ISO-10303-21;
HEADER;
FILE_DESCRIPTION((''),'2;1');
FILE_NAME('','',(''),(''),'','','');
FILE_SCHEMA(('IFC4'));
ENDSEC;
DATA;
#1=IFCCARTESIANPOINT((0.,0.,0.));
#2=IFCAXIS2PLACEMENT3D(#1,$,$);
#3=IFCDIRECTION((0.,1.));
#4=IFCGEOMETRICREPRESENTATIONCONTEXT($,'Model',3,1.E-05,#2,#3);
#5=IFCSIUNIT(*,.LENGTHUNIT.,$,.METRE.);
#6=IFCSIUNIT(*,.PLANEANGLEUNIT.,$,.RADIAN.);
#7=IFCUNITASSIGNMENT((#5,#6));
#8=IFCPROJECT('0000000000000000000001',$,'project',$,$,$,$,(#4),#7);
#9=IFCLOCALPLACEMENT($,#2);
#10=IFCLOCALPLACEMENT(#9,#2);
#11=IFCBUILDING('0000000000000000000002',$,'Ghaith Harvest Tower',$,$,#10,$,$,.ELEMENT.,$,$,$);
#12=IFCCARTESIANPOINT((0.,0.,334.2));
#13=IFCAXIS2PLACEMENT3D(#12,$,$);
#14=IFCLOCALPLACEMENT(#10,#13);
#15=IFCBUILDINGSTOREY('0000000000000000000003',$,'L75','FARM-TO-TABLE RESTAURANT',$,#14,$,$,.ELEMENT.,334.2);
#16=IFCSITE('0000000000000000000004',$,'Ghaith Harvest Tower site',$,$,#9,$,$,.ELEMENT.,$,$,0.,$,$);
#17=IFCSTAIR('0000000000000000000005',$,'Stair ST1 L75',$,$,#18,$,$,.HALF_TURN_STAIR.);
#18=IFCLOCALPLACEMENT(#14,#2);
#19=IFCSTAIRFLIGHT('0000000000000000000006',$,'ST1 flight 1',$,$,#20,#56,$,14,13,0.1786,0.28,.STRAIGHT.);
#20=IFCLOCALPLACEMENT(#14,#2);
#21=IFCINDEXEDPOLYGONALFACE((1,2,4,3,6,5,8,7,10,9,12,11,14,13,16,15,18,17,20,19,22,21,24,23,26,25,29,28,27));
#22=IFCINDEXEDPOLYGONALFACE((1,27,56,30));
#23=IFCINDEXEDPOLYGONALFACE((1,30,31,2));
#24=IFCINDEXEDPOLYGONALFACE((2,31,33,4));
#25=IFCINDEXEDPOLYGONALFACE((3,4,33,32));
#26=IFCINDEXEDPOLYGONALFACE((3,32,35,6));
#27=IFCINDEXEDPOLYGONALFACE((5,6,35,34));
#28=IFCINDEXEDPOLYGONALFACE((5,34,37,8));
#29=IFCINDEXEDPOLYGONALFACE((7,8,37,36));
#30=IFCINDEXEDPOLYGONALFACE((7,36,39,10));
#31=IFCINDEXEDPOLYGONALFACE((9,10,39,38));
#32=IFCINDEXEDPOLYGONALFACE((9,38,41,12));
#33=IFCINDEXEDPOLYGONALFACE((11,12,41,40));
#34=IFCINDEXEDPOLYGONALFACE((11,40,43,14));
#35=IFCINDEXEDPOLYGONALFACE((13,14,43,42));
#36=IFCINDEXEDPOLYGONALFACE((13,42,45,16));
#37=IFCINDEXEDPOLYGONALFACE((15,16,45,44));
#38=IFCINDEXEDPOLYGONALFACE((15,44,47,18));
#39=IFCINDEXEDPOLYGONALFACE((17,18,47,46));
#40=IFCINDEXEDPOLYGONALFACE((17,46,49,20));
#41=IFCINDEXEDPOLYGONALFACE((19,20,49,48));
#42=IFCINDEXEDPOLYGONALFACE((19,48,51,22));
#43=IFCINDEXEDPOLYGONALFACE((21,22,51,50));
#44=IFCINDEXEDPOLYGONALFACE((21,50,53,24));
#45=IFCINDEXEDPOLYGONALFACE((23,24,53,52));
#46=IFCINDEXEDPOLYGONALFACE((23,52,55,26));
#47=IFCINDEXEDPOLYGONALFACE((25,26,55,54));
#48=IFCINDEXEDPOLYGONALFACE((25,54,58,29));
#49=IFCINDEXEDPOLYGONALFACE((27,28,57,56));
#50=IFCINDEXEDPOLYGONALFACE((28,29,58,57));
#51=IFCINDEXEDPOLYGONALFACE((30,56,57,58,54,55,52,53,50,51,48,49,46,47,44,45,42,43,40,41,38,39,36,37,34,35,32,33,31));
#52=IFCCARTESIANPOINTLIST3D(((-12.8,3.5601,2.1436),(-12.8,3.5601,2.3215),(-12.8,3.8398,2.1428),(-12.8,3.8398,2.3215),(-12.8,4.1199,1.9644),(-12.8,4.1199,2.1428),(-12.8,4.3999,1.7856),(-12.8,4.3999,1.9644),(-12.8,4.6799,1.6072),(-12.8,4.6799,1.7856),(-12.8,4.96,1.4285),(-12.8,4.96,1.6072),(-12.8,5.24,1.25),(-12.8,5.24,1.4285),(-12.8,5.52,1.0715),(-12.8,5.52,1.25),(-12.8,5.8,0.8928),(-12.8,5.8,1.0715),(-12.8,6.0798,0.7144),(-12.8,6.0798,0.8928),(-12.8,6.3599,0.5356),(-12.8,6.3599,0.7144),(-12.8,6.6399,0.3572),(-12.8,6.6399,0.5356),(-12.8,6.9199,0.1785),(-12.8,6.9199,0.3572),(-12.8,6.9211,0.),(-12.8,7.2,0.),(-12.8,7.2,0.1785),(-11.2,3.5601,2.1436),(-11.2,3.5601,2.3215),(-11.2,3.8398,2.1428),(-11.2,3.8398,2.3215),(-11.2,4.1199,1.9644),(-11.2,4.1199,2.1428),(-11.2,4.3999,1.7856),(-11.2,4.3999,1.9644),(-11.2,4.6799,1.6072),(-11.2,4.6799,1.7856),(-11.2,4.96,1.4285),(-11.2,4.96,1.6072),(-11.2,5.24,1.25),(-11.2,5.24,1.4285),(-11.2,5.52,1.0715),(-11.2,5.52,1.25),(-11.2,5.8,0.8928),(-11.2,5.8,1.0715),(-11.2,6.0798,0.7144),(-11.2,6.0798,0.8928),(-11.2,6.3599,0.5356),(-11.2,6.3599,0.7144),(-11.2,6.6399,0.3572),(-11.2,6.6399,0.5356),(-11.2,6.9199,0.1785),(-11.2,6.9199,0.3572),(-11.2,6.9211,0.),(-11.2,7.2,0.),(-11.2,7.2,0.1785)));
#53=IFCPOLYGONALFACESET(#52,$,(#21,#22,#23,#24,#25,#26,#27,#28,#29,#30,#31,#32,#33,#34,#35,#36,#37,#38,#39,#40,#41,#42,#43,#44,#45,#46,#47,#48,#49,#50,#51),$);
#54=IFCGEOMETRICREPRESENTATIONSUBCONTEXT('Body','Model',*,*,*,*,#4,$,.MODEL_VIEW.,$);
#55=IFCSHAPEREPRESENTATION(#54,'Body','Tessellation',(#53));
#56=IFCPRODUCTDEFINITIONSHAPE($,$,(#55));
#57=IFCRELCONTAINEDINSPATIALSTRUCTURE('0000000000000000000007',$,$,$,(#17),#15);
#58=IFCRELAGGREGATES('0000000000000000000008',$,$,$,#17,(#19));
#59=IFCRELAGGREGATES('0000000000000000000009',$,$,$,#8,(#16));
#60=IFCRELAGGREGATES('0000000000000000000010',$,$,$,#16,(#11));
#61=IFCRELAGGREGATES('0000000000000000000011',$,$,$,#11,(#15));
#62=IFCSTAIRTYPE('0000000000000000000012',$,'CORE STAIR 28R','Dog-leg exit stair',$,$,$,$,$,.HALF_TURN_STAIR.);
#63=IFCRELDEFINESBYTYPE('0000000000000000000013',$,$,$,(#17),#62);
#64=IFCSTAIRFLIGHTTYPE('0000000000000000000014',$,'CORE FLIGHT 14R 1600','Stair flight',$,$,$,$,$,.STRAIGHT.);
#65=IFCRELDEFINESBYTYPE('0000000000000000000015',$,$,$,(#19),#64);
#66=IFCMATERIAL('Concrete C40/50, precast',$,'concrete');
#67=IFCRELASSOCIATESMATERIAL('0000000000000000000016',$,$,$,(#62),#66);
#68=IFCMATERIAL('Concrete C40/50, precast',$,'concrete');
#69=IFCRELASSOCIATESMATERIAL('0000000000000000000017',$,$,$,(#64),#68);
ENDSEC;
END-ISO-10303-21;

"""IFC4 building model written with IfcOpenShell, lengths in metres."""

from ifc_helpers import new_model, si_unit, direction, frame, origin, place, context, subcontext, project, spatial, polyline, outline, extrude, material, type_object, element, aggregate, save


model = new_model("IFC4")

# Units and contexts
model_context = context("Model", 3, precision=1e-05, world=origin(), true_north=direction((0.0, 1.0)))
body_context = subcontext(model_context, "Body", "Model", "MODEL_VIEW")
ifc_project = project(units=[si_unit("LENGTHUNIT", "METRE"), si_unit("PLANEANGLEUNIT", "RADIAN")], contexts=[model_context])

# Site, building, storey
site_placement = place(None, origin())
site = spatial("IfcSite", under=ifc_project, at=site_placement, Name="Ghaith Harvest Tower site", CompositionType="ELEMENT", RefElevation=0.0)
building_placement = place(site_placement, origin())
building = spatial("IfcBuilding", under=site, at=building_placement, Name="Ghaith Harvest Tower", CompositionType="ELEMENT")
storey_placement = place(building_placement, frame((0.0, 0.0, 334.2)))
storey = spatial("IfcBuildingStorey", under=building, at=storey_placement, Name="L75", Description="FARM-TO-TABLE RESTAURANT", CompositionType="ELEMENT", Elevation=334.2)

# Stair, stair flight
ifc_material_1 = material(Name="Concrete C40/50, precast", Category="concrete")
stair_type = type_object("IfcStairType", Name="CORE STAIR 28R", Description="Dog-leg exit stair", PredefinedType="HALF_TURN_STAIR", material=ifc_material_1)
stair_placement = place(storey_placement, origin())
stair = element("IfcStair", 1, at=stair_placement, inside=storey, type_object=stair_type, Name="Stair ST1 L75", PredefinedType="HALF_TURN_STAIR")
ifc_material_2 = material(Name="Concrete C40/50, precast", Category="concrete")
stair_flight_type = type_object("IfcStairFlightType", Name="CORE FLIGHT 14R 1600", Description="Stair flight", PredefinedType="STRAIGHT", material=ifc_material_2)
stair_flight_placement = place(storey_placement, frame((-12.0, 7.2, 0.0), z_axis=(0.0, 0.0, 1.0), x_axis=(0.0, -1.0, 0.0)))
stair_flight = element("IfcStairFlight", 2, at=stair_flight_placement, type_object=stair_flight_type, Name="ST1 flight 1", NumberOfRisers=14, NumberOfTreads=13, PredefinedType="STRAIGHT", RiserHeight=0.1786, TreadLength=0.28, context=body_context, shape_type="SweptSolid", body=[
    extrude(outline(polyline([(0.0, 0.0), (0.0, 0.1785), (0.28, 0.1785), (0.28, 0.3572), (0.5601, 0.3572), (0.5601, 0.5356), (0.8401, 0.5356), (0.8401, 0.7144), (1.1201, 0.7144), (1.1201, 0.8928), (1.3999, 0.8928), (1.3999, 1.0715), (1.6799, 1.0715), (1.6799, 1.25), (1.96, 1.25), (1.96, 1.4285), (2.24, 1.4285), (2.24, 1.6072), (2.52, 1.6072), (2.52, 1.7856), (2.8, 1.7856), (2.8, 1.9644), (3.0801, 1.9644), (3.0801, 2.1428), (3.3601, 2.1428), (3.3601, 2.3215), (3.6399, 2.3215), (3.6399, 2.5), (3.6399, 2.1436), (0.2788, 0.0), (0.0, 0.0)])), frame((0.0, 0.8, 0.0), z_axis=(0.0, -1.0, 0.0), x_axis=(1.0, 0.0, 0.0)), (0.0, 0.0, 1.0), 1.6001),
])
aggregate(stair, [stair_flight])

save(model, "model.ifc")
